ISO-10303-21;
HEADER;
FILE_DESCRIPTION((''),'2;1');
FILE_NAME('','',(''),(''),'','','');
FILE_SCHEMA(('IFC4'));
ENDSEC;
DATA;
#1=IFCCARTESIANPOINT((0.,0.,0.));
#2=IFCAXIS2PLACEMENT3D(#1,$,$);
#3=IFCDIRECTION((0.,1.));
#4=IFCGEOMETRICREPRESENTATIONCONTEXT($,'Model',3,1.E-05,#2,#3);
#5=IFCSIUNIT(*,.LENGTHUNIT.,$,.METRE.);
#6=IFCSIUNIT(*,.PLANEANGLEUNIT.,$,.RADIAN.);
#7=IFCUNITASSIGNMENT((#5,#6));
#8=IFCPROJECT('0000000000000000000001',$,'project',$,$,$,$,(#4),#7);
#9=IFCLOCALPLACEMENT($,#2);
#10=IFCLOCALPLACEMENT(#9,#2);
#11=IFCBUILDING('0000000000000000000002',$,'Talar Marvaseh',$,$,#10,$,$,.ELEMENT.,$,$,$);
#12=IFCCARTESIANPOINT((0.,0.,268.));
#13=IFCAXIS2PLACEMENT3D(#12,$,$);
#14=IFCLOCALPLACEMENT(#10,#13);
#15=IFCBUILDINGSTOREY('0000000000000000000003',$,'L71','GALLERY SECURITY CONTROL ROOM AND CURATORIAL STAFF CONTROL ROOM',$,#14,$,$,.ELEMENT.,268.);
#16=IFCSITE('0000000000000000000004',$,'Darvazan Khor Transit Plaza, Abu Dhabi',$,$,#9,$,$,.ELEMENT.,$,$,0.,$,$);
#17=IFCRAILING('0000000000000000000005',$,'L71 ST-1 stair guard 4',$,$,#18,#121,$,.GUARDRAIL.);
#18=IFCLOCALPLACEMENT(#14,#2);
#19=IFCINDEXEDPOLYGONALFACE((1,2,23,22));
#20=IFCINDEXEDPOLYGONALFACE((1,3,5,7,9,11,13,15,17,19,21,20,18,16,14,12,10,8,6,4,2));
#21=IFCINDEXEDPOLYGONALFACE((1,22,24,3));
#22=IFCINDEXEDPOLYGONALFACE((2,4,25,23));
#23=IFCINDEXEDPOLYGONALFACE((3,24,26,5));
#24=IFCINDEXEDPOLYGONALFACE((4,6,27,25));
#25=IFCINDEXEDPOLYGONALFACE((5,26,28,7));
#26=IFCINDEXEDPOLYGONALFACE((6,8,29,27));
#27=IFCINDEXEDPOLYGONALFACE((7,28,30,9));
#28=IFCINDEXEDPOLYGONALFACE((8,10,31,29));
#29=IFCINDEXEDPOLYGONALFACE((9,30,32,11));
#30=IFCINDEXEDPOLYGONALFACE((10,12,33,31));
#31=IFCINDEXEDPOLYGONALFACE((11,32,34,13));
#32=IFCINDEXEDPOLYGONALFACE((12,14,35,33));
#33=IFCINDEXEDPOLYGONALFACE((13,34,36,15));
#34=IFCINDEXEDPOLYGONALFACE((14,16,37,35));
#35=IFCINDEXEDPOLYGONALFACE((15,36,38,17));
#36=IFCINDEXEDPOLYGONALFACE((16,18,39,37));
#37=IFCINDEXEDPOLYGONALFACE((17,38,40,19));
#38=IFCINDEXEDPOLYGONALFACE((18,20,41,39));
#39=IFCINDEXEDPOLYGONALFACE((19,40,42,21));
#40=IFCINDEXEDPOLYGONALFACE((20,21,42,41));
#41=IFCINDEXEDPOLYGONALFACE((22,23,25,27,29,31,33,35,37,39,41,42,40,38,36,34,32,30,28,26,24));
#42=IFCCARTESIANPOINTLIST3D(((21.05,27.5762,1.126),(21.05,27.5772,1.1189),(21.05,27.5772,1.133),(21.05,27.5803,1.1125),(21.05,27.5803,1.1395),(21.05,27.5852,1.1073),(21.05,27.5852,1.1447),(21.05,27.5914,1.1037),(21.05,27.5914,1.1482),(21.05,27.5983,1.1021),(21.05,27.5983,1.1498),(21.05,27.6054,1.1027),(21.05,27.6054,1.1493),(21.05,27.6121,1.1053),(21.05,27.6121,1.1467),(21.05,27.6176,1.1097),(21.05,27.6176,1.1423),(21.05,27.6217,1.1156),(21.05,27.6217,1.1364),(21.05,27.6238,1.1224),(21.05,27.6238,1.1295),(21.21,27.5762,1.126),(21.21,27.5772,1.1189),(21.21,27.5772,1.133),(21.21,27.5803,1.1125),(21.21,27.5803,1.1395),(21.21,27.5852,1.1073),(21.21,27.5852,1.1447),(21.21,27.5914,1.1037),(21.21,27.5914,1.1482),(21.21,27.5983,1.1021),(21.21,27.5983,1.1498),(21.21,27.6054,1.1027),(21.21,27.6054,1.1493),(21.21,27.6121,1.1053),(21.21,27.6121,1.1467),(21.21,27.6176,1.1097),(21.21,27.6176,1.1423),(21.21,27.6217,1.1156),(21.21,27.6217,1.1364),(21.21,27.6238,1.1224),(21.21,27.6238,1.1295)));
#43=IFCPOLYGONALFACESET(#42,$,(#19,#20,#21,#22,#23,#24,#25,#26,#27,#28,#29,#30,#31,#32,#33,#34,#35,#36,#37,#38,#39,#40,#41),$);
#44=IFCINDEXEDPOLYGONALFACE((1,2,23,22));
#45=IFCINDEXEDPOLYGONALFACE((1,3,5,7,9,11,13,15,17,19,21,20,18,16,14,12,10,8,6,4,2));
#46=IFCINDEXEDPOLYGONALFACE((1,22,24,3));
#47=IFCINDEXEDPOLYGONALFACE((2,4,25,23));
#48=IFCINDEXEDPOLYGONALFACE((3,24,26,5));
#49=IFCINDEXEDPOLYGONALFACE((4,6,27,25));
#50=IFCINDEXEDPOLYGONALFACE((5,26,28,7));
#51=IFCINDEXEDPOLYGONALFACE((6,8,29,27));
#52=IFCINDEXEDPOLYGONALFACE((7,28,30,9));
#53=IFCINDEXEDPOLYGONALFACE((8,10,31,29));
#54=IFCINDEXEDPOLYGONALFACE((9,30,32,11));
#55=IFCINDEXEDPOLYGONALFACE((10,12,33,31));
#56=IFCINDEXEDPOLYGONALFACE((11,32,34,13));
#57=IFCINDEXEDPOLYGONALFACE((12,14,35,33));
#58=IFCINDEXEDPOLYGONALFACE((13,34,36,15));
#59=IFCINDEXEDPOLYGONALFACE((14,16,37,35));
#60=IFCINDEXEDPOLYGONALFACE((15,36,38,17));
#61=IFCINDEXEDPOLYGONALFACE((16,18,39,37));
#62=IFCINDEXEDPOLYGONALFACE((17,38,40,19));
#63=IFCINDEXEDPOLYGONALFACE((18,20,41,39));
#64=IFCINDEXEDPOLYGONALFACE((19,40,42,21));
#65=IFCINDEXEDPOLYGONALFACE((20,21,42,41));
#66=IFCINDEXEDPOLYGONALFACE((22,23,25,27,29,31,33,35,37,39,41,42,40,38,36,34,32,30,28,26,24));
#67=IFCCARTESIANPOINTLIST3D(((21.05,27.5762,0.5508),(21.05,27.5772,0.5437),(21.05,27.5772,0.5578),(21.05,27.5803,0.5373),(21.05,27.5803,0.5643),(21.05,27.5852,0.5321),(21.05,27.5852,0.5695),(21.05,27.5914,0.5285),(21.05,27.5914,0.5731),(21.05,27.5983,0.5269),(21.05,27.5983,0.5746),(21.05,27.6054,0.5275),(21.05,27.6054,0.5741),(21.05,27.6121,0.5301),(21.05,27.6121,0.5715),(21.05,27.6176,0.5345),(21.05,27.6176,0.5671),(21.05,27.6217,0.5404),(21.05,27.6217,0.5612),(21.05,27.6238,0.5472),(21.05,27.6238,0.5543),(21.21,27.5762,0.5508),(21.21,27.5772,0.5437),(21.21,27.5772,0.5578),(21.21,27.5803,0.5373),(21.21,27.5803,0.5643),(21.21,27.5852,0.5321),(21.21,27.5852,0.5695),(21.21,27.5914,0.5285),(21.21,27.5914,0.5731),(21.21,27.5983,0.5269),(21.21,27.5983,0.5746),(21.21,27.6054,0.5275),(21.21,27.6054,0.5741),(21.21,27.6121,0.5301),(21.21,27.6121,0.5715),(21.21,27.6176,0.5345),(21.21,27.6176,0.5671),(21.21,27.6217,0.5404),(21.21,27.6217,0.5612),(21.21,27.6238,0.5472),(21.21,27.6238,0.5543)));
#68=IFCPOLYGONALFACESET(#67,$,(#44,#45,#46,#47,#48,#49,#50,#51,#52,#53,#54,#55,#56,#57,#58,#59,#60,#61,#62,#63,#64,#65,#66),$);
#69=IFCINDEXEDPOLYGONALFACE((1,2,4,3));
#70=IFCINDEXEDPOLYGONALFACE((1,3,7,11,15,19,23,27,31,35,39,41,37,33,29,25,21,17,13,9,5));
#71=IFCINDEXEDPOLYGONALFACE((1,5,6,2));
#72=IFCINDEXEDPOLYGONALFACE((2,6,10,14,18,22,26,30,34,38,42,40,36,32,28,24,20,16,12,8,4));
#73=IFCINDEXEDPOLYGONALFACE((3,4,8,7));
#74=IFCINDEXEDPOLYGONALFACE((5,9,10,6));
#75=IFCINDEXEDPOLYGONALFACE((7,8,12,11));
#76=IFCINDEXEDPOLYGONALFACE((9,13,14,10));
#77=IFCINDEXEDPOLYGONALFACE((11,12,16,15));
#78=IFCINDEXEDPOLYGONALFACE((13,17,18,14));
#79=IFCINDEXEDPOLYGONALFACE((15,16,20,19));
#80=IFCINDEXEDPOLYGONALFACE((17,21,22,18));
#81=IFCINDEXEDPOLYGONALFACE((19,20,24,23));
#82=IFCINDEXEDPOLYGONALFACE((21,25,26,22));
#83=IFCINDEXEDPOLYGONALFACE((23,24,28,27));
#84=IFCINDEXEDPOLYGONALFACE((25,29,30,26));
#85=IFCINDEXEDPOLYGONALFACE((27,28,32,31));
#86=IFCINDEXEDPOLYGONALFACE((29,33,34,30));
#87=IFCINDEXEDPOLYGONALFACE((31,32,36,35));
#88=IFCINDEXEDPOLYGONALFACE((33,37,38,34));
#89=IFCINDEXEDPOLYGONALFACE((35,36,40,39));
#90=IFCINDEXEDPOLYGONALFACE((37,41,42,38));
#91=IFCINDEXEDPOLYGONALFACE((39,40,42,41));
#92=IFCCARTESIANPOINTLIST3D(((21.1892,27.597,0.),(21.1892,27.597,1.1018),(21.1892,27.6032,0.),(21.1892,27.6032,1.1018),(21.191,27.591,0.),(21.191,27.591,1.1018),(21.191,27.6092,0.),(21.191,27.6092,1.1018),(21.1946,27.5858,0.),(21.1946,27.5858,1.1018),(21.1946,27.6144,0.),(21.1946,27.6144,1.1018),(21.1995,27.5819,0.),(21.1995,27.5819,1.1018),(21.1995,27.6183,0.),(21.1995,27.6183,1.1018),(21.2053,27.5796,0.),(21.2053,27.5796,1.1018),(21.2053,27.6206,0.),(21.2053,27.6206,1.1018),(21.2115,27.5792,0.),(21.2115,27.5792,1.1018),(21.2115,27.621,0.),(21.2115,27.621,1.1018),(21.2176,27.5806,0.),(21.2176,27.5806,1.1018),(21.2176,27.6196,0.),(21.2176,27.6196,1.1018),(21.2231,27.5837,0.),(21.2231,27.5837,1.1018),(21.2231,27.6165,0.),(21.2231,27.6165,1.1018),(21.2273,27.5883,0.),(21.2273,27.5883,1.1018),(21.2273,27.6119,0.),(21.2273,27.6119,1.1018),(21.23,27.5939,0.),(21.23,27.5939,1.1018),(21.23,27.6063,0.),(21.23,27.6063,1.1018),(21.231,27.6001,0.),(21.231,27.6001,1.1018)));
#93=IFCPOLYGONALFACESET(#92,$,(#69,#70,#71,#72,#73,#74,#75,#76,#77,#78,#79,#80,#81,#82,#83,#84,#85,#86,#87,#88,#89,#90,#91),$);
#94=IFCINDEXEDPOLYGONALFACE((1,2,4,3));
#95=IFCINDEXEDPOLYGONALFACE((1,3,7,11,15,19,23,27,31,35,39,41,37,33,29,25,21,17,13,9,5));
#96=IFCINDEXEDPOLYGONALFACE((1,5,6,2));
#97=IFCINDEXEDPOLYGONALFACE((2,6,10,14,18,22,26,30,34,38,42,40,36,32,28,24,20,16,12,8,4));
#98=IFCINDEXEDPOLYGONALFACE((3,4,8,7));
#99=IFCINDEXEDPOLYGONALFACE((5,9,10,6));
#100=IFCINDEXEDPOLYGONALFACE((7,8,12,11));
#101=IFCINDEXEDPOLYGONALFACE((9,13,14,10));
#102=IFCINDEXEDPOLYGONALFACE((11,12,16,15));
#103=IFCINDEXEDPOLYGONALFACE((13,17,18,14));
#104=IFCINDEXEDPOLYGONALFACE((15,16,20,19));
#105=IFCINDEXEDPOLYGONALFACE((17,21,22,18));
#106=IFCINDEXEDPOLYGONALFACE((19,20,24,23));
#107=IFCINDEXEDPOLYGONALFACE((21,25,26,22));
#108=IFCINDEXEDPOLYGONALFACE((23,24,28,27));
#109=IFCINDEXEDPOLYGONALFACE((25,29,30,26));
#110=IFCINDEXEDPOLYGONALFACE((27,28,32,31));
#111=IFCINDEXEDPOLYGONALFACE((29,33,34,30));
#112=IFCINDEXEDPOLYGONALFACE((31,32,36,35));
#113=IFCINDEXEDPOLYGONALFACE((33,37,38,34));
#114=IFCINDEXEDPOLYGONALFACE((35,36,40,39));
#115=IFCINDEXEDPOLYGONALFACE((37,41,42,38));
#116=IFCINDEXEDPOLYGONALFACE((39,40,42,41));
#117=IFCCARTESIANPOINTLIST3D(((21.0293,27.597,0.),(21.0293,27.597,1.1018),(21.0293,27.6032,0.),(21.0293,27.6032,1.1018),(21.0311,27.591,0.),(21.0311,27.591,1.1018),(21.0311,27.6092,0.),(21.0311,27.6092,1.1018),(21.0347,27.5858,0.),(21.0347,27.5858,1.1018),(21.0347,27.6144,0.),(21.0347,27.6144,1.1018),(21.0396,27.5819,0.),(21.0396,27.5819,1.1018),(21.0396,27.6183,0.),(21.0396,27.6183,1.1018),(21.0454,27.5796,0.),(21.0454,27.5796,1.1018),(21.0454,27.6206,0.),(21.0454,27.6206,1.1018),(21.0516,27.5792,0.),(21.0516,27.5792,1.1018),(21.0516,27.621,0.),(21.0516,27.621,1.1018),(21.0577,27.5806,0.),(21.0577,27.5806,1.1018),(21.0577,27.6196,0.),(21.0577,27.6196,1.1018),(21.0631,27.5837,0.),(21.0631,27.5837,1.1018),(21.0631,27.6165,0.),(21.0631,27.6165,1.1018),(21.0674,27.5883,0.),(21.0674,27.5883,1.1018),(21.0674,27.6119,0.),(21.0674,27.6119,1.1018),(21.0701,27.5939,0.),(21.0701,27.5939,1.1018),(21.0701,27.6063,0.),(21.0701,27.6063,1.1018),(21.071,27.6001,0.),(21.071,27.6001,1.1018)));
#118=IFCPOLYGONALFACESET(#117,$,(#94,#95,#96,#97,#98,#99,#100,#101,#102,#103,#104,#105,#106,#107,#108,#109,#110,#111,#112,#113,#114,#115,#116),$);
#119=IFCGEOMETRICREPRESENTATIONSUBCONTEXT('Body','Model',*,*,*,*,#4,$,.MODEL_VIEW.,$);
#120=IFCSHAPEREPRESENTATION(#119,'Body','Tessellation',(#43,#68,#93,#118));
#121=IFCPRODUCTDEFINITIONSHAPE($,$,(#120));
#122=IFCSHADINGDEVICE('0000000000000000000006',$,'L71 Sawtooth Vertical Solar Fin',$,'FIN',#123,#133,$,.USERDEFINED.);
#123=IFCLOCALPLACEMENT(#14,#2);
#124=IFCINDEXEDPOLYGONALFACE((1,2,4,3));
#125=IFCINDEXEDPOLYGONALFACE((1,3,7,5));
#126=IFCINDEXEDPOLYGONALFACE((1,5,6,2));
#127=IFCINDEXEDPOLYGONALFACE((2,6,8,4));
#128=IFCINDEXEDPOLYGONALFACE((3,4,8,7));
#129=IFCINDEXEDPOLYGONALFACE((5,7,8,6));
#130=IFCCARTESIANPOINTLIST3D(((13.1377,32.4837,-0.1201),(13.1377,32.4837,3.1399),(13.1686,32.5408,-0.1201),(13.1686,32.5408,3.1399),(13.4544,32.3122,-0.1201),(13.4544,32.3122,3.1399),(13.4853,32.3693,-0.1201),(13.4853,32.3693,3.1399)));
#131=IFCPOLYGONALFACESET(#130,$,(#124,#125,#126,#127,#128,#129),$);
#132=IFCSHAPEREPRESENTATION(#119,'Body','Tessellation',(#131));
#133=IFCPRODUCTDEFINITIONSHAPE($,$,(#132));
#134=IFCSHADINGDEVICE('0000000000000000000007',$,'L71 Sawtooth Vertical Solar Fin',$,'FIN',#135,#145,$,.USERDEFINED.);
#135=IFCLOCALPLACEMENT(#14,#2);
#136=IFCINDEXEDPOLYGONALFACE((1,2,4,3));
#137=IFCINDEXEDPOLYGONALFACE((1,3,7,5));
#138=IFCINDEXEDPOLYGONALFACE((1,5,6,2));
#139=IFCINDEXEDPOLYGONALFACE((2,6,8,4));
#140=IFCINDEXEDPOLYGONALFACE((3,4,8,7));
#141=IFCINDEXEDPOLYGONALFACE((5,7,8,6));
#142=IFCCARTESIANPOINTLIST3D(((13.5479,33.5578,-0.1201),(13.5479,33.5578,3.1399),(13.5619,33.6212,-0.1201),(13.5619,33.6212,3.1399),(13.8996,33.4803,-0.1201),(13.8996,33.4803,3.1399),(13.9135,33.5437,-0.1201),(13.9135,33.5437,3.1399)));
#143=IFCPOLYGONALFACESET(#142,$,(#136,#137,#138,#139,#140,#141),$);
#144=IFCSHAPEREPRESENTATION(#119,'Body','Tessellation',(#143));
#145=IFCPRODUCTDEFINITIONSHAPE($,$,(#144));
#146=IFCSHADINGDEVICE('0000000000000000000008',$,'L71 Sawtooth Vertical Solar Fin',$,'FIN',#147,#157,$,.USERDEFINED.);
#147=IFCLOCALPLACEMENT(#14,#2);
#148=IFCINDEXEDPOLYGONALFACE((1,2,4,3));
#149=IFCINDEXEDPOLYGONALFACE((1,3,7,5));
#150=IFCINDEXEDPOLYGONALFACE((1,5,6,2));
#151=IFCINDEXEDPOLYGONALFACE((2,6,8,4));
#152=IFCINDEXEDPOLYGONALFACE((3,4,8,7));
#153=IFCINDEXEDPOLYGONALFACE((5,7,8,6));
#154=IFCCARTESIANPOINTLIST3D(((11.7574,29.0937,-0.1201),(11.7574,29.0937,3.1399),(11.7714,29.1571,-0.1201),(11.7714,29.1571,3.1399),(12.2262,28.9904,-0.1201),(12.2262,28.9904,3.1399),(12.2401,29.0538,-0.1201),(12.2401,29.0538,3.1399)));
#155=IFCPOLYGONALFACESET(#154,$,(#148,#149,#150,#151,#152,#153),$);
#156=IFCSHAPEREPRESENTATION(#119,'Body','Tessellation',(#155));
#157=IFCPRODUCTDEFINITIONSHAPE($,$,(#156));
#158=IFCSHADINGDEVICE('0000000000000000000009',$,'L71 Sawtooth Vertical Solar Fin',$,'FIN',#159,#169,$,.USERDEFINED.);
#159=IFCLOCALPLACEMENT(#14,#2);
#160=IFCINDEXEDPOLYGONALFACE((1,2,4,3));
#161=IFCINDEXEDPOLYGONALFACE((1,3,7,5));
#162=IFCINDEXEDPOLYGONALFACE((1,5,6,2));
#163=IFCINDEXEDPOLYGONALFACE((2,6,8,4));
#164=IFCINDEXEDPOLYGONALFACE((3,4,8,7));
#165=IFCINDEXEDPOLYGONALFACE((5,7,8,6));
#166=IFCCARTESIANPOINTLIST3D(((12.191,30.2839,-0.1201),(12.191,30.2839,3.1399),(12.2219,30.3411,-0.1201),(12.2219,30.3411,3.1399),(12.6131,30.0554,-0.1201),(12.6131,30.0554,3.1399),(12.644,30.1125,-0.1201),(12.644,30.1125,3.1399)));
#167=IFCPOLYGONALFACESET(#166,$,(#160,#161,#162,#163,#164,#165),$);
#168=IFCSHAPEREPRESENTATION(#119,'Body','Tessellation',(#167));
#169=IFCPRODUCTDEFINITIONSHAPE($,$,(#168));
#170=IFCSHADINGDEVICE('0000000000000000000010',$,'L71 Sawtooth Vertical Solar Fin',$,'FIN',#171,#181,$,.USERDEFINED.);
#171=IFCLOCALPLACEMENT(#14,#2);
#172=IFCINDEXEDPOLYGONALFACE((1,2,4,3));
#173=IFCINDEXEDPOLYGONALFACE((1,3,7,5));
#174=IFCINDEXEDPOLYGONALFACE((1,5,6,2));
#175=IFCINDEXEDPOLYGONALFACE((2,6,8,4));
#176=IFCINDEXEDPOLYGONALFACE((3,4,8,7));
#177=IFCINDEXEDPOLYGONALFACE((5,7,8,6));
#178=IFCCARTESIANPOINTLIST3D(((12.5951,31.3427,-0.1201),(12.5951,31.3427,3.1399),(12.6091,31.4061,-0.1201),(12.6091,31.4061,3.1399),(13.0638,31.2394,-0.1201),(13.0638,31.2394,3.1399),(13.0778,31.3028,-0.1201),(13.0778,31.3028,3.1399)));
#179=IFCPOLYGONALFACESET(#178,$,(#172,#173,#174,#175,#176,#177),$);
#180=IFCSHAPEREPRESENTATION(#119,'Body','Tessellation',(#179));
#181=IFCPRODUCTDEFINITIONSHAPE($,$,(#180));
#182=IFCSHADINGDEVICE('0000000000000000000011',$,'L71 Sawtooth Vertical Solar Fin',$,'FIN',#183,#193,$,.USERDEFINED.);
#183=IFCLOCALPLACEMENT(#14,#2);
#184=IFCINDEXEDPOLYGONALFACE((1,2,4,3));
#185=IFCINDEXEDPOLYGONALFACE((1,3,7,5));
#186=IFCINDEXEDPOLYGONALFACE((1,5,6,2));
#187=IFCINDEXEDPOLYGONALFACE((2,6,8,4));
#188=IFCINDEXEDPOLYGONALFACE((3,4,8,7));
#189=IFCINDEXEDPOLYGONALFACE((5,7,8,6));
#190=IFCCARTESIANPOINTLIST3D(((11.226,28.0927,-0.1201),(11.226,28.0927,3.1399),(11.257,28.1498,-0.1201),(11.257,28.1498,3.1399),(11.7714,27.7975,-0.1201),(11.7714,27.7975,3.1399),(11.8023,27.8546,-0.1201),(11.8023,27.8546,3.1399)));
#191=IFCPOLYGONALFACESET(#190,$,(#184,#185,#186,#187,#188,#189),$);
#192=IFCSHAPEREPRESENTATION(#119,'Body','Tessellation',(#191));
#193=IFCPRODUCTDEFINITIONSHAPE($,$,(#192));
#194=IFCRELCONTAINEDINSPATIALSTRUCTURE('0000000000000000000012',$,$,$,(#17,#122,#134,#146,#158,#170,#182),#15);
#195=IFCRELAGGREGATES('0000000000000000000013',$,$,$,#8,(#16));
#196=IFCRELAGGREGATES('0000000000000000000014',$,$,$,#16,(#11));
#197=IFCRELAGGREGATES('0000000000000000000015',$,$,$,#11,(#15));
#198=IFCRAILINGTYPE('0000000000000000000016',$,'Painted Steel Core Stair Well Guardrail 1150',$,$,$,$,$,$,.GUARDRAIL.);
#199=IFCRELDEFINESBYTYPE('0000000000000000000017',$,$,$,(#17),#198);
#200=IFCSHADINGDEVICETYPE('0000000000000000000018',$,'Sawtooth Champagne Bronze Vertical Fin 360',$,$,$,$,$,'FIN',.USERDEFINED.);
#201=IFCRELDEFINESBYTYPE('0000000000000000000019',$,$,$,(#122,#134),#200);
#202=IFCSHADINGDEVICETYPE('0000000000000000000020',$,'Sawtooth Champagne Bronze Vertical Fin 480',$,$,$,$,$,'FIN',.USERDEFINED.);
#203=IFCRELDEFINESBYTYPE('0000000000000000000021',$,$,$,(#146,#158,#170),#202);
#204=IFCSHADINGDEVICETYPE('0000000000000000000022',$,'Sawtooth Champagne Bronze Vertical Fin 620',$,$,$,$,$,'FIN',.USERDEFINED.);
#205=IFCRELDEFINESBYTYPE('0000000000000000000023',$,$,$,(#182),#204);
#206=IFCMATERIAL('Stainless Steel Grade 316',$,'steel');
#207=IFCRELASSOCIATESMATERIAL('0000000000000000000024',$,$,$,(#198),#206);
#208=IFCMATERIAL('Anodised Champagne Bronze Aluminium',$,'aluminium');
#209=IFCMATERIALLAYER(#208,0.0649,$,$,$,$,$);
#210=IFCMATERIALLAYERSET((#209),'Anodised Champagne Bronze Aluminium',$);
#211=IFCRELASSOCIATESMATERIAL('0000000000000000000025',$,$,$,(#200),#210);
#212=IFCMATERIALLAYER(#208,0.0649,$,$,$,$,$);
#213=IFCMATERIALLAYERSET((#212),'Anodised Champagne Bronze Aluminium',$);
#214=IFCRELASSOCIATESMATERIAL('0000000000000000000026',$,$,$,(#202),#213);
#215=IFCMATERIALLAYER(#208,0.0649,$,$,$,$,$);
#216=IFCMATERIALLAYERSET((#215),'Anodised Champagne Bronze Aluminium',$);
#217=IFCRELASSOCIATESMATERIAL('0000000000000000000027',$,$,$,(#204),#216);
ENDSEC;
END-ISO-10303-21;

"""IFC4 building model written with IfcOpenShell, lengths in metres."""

from ifc_helpers import new_model, si_unit, direction, frame, origin, origin_2d, place, context, subcontext, project, spatial, rectangle, circle, extrude, source, transform, mapped, material, layer, layer_set, type_object, type_shapes, element, save


model = new_model("IFC4")

# Units and contexts
model_context = context("Model", 3, precision=1e-05, world=origin(), true_north=direction((0.0, 1.0)))
body_context = subcontext(model_context, "Body", "Model", "MODEL_VIEW")
ifc_project = project(units=[si_unit("LENGTHUNIT", "METRE"), si_unit("PLANEANGLEUNIT", "RADIAN")], contexts=[model_context])

# Site, building, storey
site_placement = place(None, origin())
site = spatial("IfcSite", under=ifc_project, at=site_placement, Name="Darvazan Khor Transit Plaza, Abu Dhabi", CompositionType="ELEMENT", RefElevation=0.0)
building_placement = place(site_placement, origin())
building = spatial("IfcBuilding", under=site, at=building_placement, Name="Talar Marvaseh", CompositionType="ELEMENT")
storey_placement = place(building_placement, frame((0.0, 0.0, 268.0)))
storey = spatial("IfcBuildingStorey", under=building, at=storey_placement, Name="L71", Description="GALLERY SECURITY CONTROL ROOM AND CURATORIAL STAFF CONTROL ROOM", CompositionType="ELEMENT", Elevation=268.0)

# Railing
ifc_material_1 = material(Name="Stainless Steel Grade 316", Category="steel")
railing_type_1 = type_object("IfcRailingType", Name="Painted Steel Core Stair Well Guardrail 1150", PredefinedType="GUARDRAIL", material=ifc_material_1)
railing_1_placement = place(storey_placement, frame((21.21, 27.6001, 0.0)))
element("IfcRailing", 1, at=railing_1_placement, inside=storey, type_object=railing_type_1, Name="L71 ST-1 stair guard 4", PredefinedType="GUARDRAIL", context=body_context, shape_type="SweptSolid", body=[
    extrude(circle(Radius=0.0239, at=origin_2d()), frame((0.0, 0.0, 1.126), z_axis=(-1.0, 0.0, 0.0), x_axis=(0.0, -1.0, 0.0)), (0.0, 0.0, 1.0), 0.1599),
    extrude(circle(Radius=0.0239, at=origin_2d()), frame((0.0, 0.0, 0.5508), z_axis=(-1.0, 0.0, 0.0), x_axis=(0.0, -1.0, 0.0)), (0.0, 0.0, 1.0), 0.1599),
    extrude(circle(Radius=0.021, at=origin_2d()), origin(), (0.0, 0.0, 1.0), 1.1018),
    extrude(circle(Radius=0.021, at=origin_2d()), frame((-0.1599, 0.0, 0.0)), (0.0, 0.0, 1.0), 1.1018),
])

# Shading devices
ifc_material_2 = material(Name="Anodised Champagne Bronze Aluminium", Category="aluminium")
ifc_layer_1 = layer(ifc_material_2, 0.0649)
ifc_layer_set_1 = layer_set([ifc_layer_1], Name="Anodised Champagne Bronze Aluminium")
shading_device_type_1 = type_object("IfcShadingDeviceType", Name="Sawtooth Champagne Bronze Vertical Fin 360", ElementType="FIN", PredefinedType="USERDEFINED", material=ifc_layer_set_1)
shared_shape_1 = source(origin(), body_context, "Body", "SweptSolid", [
    extrude(rectangle(XDim=0.3601, YDim=0.0649, at=origin_2d()), origin(), (0.0, 0.0, 1.0), 3.26),
])
type_shapes(shading_device_type_1, [shared_shape_1])
for number, where, z_axis, x_axis, name in (
    (2, (13.3115, 32.4265, -0.1201), (0.0, 0.0, 1.0), (-0.879399, 0.476085, 0.0), "L71 Sawtooth Vertical Solar Fin"),
    (3, (13.7307, 33.5508, -0.1201), (0.0, 0.0, 1.0), (-0.97656, 0.215247, 0.0), "L71 Sawtooth Vertical Solar Fin"),
):
    element("IfcShadingDevice", number, at=place(storey_placement, frame(where, z_axis=z_axis, x_axis=x_axis)), inside=storey, type_object=shading_device_type_1, Name=name, ObjectType="FIN", PredefinedType="USERDEFINED", context=body_context, shape_type="MappedRepresentation", body=[
        mapped(shared_shape_1, transform((0.0, 0.0, 0.0), x_axis=(1.0, 0.0, 0.0), y_axis=(0.0, 1.0, 0.0), z_axis=(0.0, 0.0, 1.0), scale=1.0)),
    ])
ifc_layer_2 = layer(ifc_material_2, 0.0649)
ifc_layer_set_2 = layer_set([ifc_layer_2], Name="Anodised Champagne Bronze Aluminium")
shading_device_type_2 = type_object("IfcShadingDeviceType", Name="Sawtooth Champagne Bronze Vertical Fin 480", ElementType="FIN", PredefinedType="USERDEFINED", material=ifc_layer_set_2)
shared_shape_2 = source(origin(), body_context, "Body", "SweptSolid", [
    extrude(rectangle(XDim=0.48, YDim=0.0649, at=origin_2d()), origin(), (0.0, 0.0, 1.0), 3.26),
])
type_shapes(shading_device_type_2, [shared_shape_2])
for number, where, z_axis, x_axis, name in (
    (4, (11.9988, 29.0737, -0.1201), (0.0, 0.0, 1.0), (-0.97656, 0.215247, 0.0), "L71 Sawtooth Vertical Solar Fin"),
    (5, (12.4175, 30.1982, -0.1201), (0.0, 0.0, 1.0), (-0.879399, 0.476085, 0.0), "L71 Sawtooth Vertical Solar Fin"),
    (6, (12.8364, 31.3228, -0.1201), (0.0, 0.0, 1.0), (-0.97656, 0.215247, 0.0), "L71 Sawtooth Vertical Solar Fin"),
):
    element("IfcShadingDevice", number, at=place(storey_placement, frame(where, z_axis=z_axis, x_axis=x_axis)), inside=storey, type_object=shading_device_type_2, Name=name, ObjectType="FIN", PredefinedType="USERDEFINED", context=body_context, shape_type="MappedRepresentation", body=[
        mapped(shared_shape_2, transform((0.0, 0.0, 0.0), x_axis=(1.0, 0.0, 0.0), y_axis=(0.0, 1.0, 0.0), z_axis=(0.0, 0.0, 1.0), scale=1.0)),
    ])
ifc_layer_3 = layer(ifc_material_2, 0.0649)
ifc_layer_set_3 = layer_set([ifc_layer_3], Name="Anodised Champagne Bronze Aluminium")
shading_device_type_3 = type_object("IfcShadingDeviceType", Name="Sawtooth Champagne Bronze Vertical Fin 620", ElementType="FIN", PredefinedType="USERDEFINED", material=ifc_layer_set_3)
shared_shape_3 = source(origin(), body_context, "Body", "SweptSolid", [
    extrude(rectangle(XDim=0.6201, YDim=0.0649, at=origin_2d()), origin(), (0.0, 0.0, 1.0), 3.26),
])
type_shapes(shading_device_type_3, [shared_shape_3])
shading_device_placement = place(storey_placement, frame((11.5142, 27.9736, -0.1201), z_axis=(0.0, 0.0, 1.0), x_axis=(-0.879399, 0.476085, 0.0)))
element("IfcShadingDevice", 7, at=shading_device_placement, inside=storey, type_object=shading_device_type_3, Name="L71 Sawtooth Vertical Solar Fin", ObjectType="FIN", PredefinedType="USERDEFINED", context=body_context, shape_type="MappedRepresentation", body=[
    mapped(shared_shape_3, transform((0.0, 0.0, 0.0), x_axis=(1.0, 0.0, 0.0), y_axis=(0.0, 1.0, 0.0), z_axis=(0.0, 0.0, 1.0), scale=1.0)),
])

save(model, "model.ifc")
